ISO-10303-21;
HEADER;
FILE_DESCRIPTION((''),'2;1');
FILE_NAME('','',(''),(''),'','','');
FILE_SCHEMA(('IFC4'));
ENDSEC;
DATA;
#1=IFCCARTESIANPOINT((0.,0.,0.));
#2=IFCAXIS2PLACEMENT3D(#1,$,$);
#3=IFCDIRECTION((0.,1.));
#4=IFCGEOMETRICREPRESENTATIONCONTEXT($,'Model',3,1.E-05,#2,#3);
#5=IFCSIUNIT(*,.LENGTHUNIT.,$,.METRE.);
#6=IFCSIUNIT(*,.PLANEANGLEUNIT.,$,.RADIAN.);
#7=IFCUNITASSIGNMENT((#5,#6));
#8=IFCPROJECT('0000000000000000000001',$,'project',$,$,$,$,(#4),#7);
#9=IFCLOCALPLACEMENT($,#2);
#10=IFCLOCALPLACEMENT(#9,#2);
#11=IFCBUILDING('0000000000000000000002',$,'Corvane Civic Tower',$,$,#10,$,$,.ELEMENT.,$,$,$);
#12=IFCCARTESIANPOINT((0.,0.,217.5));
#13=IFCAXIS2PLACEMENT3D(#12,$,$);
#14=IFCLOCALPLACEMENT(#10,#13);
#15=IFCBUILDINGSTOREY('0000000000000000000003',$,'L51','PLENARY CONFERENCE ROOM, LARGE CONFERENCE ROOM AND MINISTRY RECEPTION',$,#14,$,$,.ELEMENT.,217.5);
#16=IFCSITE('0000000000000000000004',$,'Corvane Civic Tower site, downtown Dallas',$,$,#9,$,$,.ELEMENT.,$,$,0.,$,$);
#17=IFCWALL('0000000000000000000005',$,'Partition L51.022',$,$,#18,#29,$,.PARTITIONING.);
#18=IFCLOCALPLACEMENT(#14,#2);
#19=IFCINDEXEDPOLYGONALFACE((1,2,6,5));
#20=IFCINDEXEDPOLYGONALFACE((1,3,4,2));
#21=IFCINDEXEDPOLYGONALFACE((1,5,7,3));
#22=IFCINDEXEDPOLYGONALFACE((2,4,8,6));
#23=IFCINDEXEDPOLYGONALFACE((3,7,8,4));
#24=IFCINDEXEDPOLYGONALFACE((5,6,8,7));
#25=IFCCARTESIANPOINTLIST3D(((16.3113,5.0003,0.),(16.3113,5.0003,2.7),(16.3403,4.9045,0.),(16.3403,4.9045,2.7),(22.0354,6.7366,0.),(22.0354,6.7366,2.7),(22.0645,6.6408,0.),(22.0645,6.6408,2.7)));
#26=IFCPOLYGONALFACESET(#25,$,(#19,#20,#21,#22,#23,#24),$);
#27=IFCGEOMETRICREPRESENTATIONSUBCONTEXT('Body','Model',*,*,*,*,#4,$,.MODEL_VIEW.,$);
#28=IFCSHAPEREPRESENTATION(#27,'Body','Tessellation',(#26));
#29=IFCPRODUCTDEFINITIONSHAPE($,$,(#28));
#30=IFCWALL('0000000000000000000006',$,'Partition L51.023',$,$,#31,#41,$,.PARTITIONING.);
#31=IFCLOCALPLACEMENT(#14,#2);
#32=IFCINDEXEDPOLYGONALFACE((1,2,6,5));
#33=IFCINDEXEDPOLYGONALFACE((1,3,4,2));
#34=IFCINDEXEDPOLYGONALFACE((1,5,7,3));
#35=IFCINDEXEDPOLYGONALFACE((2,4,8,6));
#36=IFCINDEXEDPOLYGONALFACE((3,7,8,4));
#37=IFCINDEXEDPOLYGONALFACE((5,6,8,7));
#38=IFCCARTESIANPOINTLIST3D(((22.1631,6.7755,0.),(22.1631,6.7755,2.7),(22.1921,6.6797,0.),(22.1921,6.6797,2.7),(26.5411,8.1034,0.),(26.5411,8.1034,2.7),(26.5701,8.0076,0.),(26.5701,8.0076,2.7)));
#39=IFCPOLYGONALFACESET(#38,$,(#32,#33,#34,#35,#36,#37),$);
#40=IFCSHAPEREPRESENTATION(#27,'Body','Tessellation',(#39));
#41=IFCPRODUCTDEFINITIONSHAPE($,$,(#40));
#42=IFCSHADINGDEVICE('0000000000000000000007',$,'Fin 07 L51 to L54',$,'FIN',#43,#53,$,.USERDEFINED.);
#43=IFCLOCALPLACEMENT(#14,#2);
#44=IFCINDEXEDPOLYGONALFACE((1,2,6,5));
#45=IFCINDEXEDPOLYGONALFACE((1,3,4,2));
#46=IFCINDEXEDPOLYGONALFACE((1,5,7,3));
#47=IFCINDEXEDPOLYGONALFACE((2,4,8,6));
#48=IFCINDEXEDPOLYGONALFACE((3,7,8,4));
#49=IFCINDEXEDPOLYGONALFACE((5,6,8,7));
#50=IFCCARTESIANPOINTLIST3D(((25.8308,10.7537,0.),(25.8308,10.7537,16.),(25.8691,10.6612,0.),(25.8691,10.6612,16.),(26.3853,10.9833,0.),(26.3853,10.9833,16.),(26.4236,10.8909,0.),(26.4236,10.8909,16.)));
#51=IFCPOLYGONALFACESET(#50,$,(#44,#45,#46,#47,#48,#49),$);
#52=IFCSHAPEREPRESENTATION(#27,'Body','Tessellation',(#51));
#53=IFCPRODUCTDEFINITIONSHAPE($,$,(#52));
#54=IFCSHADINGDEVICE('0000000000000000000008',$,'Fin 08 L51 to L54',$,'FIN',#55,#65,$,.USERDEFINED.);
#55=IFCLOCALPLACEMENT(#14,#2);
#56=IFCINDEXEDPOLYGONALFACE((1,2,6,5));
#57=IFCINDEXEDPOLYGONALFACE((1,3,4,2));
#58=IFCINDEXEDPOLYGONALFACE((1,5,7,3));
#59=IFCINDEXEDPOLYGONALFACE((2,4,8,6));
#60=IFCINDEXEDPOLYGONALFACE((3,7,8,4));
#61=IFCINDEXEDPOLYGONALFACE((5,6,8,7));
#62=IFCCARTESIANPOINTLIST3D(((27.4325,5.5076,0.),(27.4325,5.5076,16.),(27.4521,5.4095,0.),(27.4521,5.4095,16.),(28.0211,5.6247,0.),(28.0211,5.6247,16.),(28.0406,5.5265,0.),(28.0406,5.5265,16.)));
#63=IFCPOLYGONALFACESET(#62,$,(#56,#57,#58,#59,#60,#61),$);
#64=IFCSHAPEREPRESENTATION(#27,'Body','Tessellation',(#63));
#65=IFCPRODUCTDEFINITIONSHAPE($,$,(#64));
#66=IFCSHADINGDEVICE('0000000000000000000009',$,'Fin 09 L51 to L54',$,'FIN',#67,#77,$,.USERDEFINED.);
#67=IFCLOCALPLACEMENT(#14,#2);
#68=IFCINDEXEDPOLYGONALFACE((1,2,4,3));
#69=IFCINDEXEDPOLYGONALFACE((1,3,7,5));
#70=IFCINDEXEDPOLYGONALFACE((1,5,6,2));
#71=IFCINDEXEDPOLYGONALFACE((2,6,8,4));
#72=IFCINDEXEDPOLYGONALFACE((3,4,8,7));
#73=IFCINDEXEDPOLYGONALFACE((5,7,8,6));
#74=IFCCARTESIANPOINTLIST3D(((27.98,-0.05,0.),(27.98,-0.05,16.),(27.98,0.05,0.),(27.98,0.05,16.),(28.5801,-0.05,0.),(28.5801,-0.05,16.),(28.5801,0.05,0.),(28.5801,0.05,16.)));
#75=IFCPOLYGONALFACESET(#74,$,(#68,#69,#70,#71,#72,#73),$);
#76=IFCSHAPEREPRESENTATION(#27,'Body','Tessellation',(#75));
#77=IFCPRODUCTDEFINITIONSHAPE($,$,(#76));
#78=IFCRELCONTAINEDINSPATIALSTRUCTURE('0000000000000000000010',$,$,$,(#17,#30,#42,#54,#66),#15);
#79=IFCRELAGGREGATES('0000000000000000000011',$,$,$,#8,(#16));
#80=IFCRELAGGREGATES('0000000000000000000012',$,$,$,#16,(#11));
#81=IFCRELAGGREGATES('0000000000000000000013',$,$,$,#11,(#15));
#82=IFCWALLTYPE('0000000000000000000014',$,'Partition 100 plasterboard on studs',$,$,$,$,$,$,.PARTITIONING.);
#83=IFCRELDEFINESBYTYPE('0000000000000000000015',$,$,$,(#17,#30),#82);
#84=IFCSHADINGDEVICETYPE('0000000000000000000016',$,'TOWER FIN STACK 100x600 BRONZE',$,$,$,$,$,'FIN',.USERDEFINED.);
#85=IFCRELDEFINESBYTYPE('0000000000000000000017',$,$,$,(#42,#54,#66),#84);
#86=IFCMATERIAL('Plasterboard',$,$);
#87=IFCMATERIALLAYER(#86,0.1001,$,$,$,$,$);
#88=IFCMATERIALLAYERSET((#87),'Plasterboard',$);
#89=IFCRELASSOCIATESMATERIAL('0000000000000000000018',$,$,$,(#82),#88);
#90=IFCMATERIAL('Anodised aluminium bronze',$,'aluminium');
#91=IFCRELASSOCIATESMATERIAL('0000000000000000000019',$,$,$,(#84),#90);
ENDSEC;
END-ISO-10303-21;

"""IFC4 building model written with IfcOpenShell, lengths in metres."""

from ifc_helpers import new_model, si_unit, direction, frame, frame_2d, origin, origin_2d, place, context, subcontext, project, spatial, rectangle, extrude, material, layer, layer_set, material_profile, profile_set, type_object, element, save


model = new_model("IFC4")

# Units and contexts
model_context = context("Model", 3, precision=1e-05, world=origin(), true_north=direction((0.0, 1.0)))
body_context = subcontext(model_context, "Body", "Model", "MODEL_VIEW")
ifc_project = project(units=[si_unit("LENGTHUNIT", "METRE"), si_unit("PLANEANGLEUNIT", "RADIAN")], contexts=[model_context])

# Site, building, storey
site_placement = place(None, origin())
site = spatial("IfcSite", under=ifc_project, at=site_placement, Name="Corvane Civic Tower site, downtown Dallas", CompositionType="ELEMENT", RefElevation=0.0)
building_placement = place(site_placement, origin())
building = spatial("IfcBuilding", under=site, at=building_placement, Name="Corvane Civic Tower", CompositionType="ELEMENT")
storey_placement = place(building_placement, frame((0.0, 0.0, 217.5)))
storey = spatial("IfcBuildingStorey", under=building, at=storey_placement, Name="L51", Description="PLENARY CONFERENCE ROOM, LARGE CONFERENCE ROOM AND MINISTRY RECEPTION", CompositionType="ELEMENT", Elevation=217.5)

# Walls
ifc_material_1 = material(Name="Plasterboard")
ifc_layer_1 = layer(ifc_material_1, 0.1001)
ifc_layer_set_1 = layer_set([ifc_layer_1], Name="Plasterboard")
wall_type = type_object("IfcWallType", Name="Partition 100 plasterboard on studs", PredefinedType="PARTITIONING", material=ifc_layer_set_1)
wall_1_placement = place(storey_placement, frame((16.3259, 4.9524, 0.0), z_axis=(0.0, 0.0, 1.0), x_axis=(0.956943, 0.290275, 0.0)))
element("IfcWall", 1, at=wall_1_placement, inside=storey, type_object=wall_type, Name="Partition L51.022", PredefinedType="PARTITIONING", context=body_context, shape_type="SweptSolid", body=[
    extrude(rectangle(XDim=5.9817, YDim=0.1001, at=frame_2d((2.9907, 0.0))), origin(), (0.0, 0.0, 1.0), 2.7),
])
wall_2_placement = place(storey_placement, frame((22.1775, 6.7275, 0.0), z_axis=(0.0, 0.0, 1.0), x_axis=(0.956949, 0.290255, 0.0)))
element("IfcWall", 2, at=wall_2_placement, inside=storey, type_object=wall_type, Name="Partition L51.023", PredefinedType="PARTITIONING", context=body_context, shape_type="SweptSolid", body=[
    extrude(rectangle(XDim=4.575, YDim=0.1001, at=frame_2d((2.2876, 0.0))), origin(), (0.0, 0.0, 1.0), 2.7),
])

# Shading devices
ifc_material_2 = material(Name="Anodised aluminium bronze", Category="aluminium")
ifc_material_profile_1 = material_profile(ifc_material_2, rectangle(XDim=0.1001, YDim=0.6001, at=origin_2d()), Name="TOWER FIN STACK 100x600 BRONZE")
ifc_profile_set_1 = profile_set([ifc_material_profile_1], Name="Anodised aluminium bronze")
shading_device_type = type_object("IfcShadingDeviceType", Name="TOWER FIN STACK 100x600 BRONZE", ElementType="FIN", PredefinedType="USERDEFINED", material=ifc_profile_set_1)
for number, where, z_axis, x_axis, name in (
    (3, (26.1272, 10.8223, 0.0), (0.0, 0.0, 1.0), (0.382683, -0.92388, 0.0), "Fin 07 L51 to L54"),
    (4, (27.7366, 5.5171, 0.0), (0.0, 0.0, 1.0), (0.19509, -0.980785, 0.0), "Fin 08 L51 to L54"),
    (5, (28.28, 0.0, 0.0), (0.0, 0.0, 1.0), (0.0, -1.0, 0.0), "Fin 09 L51 to L54"),
):
    element("IfcShadingDevice", number, at=place(storey_placement, frame(where, z_axis=z_axis, x_axis=x_axis)), inside=storey, type_object=shading_device_type, Name=name, ObjectType="FIN", PredefinedType="USERDEFINED", context=body_context, shape_type="SweptSolid", body=[
        extrude(rectangle(XDim=0.1001, YDim=0.6001, at=origin_2d()), origin(), (0.0, 0.0, 1.0), 16.0),
    ])

save(model, "model.ifc")
